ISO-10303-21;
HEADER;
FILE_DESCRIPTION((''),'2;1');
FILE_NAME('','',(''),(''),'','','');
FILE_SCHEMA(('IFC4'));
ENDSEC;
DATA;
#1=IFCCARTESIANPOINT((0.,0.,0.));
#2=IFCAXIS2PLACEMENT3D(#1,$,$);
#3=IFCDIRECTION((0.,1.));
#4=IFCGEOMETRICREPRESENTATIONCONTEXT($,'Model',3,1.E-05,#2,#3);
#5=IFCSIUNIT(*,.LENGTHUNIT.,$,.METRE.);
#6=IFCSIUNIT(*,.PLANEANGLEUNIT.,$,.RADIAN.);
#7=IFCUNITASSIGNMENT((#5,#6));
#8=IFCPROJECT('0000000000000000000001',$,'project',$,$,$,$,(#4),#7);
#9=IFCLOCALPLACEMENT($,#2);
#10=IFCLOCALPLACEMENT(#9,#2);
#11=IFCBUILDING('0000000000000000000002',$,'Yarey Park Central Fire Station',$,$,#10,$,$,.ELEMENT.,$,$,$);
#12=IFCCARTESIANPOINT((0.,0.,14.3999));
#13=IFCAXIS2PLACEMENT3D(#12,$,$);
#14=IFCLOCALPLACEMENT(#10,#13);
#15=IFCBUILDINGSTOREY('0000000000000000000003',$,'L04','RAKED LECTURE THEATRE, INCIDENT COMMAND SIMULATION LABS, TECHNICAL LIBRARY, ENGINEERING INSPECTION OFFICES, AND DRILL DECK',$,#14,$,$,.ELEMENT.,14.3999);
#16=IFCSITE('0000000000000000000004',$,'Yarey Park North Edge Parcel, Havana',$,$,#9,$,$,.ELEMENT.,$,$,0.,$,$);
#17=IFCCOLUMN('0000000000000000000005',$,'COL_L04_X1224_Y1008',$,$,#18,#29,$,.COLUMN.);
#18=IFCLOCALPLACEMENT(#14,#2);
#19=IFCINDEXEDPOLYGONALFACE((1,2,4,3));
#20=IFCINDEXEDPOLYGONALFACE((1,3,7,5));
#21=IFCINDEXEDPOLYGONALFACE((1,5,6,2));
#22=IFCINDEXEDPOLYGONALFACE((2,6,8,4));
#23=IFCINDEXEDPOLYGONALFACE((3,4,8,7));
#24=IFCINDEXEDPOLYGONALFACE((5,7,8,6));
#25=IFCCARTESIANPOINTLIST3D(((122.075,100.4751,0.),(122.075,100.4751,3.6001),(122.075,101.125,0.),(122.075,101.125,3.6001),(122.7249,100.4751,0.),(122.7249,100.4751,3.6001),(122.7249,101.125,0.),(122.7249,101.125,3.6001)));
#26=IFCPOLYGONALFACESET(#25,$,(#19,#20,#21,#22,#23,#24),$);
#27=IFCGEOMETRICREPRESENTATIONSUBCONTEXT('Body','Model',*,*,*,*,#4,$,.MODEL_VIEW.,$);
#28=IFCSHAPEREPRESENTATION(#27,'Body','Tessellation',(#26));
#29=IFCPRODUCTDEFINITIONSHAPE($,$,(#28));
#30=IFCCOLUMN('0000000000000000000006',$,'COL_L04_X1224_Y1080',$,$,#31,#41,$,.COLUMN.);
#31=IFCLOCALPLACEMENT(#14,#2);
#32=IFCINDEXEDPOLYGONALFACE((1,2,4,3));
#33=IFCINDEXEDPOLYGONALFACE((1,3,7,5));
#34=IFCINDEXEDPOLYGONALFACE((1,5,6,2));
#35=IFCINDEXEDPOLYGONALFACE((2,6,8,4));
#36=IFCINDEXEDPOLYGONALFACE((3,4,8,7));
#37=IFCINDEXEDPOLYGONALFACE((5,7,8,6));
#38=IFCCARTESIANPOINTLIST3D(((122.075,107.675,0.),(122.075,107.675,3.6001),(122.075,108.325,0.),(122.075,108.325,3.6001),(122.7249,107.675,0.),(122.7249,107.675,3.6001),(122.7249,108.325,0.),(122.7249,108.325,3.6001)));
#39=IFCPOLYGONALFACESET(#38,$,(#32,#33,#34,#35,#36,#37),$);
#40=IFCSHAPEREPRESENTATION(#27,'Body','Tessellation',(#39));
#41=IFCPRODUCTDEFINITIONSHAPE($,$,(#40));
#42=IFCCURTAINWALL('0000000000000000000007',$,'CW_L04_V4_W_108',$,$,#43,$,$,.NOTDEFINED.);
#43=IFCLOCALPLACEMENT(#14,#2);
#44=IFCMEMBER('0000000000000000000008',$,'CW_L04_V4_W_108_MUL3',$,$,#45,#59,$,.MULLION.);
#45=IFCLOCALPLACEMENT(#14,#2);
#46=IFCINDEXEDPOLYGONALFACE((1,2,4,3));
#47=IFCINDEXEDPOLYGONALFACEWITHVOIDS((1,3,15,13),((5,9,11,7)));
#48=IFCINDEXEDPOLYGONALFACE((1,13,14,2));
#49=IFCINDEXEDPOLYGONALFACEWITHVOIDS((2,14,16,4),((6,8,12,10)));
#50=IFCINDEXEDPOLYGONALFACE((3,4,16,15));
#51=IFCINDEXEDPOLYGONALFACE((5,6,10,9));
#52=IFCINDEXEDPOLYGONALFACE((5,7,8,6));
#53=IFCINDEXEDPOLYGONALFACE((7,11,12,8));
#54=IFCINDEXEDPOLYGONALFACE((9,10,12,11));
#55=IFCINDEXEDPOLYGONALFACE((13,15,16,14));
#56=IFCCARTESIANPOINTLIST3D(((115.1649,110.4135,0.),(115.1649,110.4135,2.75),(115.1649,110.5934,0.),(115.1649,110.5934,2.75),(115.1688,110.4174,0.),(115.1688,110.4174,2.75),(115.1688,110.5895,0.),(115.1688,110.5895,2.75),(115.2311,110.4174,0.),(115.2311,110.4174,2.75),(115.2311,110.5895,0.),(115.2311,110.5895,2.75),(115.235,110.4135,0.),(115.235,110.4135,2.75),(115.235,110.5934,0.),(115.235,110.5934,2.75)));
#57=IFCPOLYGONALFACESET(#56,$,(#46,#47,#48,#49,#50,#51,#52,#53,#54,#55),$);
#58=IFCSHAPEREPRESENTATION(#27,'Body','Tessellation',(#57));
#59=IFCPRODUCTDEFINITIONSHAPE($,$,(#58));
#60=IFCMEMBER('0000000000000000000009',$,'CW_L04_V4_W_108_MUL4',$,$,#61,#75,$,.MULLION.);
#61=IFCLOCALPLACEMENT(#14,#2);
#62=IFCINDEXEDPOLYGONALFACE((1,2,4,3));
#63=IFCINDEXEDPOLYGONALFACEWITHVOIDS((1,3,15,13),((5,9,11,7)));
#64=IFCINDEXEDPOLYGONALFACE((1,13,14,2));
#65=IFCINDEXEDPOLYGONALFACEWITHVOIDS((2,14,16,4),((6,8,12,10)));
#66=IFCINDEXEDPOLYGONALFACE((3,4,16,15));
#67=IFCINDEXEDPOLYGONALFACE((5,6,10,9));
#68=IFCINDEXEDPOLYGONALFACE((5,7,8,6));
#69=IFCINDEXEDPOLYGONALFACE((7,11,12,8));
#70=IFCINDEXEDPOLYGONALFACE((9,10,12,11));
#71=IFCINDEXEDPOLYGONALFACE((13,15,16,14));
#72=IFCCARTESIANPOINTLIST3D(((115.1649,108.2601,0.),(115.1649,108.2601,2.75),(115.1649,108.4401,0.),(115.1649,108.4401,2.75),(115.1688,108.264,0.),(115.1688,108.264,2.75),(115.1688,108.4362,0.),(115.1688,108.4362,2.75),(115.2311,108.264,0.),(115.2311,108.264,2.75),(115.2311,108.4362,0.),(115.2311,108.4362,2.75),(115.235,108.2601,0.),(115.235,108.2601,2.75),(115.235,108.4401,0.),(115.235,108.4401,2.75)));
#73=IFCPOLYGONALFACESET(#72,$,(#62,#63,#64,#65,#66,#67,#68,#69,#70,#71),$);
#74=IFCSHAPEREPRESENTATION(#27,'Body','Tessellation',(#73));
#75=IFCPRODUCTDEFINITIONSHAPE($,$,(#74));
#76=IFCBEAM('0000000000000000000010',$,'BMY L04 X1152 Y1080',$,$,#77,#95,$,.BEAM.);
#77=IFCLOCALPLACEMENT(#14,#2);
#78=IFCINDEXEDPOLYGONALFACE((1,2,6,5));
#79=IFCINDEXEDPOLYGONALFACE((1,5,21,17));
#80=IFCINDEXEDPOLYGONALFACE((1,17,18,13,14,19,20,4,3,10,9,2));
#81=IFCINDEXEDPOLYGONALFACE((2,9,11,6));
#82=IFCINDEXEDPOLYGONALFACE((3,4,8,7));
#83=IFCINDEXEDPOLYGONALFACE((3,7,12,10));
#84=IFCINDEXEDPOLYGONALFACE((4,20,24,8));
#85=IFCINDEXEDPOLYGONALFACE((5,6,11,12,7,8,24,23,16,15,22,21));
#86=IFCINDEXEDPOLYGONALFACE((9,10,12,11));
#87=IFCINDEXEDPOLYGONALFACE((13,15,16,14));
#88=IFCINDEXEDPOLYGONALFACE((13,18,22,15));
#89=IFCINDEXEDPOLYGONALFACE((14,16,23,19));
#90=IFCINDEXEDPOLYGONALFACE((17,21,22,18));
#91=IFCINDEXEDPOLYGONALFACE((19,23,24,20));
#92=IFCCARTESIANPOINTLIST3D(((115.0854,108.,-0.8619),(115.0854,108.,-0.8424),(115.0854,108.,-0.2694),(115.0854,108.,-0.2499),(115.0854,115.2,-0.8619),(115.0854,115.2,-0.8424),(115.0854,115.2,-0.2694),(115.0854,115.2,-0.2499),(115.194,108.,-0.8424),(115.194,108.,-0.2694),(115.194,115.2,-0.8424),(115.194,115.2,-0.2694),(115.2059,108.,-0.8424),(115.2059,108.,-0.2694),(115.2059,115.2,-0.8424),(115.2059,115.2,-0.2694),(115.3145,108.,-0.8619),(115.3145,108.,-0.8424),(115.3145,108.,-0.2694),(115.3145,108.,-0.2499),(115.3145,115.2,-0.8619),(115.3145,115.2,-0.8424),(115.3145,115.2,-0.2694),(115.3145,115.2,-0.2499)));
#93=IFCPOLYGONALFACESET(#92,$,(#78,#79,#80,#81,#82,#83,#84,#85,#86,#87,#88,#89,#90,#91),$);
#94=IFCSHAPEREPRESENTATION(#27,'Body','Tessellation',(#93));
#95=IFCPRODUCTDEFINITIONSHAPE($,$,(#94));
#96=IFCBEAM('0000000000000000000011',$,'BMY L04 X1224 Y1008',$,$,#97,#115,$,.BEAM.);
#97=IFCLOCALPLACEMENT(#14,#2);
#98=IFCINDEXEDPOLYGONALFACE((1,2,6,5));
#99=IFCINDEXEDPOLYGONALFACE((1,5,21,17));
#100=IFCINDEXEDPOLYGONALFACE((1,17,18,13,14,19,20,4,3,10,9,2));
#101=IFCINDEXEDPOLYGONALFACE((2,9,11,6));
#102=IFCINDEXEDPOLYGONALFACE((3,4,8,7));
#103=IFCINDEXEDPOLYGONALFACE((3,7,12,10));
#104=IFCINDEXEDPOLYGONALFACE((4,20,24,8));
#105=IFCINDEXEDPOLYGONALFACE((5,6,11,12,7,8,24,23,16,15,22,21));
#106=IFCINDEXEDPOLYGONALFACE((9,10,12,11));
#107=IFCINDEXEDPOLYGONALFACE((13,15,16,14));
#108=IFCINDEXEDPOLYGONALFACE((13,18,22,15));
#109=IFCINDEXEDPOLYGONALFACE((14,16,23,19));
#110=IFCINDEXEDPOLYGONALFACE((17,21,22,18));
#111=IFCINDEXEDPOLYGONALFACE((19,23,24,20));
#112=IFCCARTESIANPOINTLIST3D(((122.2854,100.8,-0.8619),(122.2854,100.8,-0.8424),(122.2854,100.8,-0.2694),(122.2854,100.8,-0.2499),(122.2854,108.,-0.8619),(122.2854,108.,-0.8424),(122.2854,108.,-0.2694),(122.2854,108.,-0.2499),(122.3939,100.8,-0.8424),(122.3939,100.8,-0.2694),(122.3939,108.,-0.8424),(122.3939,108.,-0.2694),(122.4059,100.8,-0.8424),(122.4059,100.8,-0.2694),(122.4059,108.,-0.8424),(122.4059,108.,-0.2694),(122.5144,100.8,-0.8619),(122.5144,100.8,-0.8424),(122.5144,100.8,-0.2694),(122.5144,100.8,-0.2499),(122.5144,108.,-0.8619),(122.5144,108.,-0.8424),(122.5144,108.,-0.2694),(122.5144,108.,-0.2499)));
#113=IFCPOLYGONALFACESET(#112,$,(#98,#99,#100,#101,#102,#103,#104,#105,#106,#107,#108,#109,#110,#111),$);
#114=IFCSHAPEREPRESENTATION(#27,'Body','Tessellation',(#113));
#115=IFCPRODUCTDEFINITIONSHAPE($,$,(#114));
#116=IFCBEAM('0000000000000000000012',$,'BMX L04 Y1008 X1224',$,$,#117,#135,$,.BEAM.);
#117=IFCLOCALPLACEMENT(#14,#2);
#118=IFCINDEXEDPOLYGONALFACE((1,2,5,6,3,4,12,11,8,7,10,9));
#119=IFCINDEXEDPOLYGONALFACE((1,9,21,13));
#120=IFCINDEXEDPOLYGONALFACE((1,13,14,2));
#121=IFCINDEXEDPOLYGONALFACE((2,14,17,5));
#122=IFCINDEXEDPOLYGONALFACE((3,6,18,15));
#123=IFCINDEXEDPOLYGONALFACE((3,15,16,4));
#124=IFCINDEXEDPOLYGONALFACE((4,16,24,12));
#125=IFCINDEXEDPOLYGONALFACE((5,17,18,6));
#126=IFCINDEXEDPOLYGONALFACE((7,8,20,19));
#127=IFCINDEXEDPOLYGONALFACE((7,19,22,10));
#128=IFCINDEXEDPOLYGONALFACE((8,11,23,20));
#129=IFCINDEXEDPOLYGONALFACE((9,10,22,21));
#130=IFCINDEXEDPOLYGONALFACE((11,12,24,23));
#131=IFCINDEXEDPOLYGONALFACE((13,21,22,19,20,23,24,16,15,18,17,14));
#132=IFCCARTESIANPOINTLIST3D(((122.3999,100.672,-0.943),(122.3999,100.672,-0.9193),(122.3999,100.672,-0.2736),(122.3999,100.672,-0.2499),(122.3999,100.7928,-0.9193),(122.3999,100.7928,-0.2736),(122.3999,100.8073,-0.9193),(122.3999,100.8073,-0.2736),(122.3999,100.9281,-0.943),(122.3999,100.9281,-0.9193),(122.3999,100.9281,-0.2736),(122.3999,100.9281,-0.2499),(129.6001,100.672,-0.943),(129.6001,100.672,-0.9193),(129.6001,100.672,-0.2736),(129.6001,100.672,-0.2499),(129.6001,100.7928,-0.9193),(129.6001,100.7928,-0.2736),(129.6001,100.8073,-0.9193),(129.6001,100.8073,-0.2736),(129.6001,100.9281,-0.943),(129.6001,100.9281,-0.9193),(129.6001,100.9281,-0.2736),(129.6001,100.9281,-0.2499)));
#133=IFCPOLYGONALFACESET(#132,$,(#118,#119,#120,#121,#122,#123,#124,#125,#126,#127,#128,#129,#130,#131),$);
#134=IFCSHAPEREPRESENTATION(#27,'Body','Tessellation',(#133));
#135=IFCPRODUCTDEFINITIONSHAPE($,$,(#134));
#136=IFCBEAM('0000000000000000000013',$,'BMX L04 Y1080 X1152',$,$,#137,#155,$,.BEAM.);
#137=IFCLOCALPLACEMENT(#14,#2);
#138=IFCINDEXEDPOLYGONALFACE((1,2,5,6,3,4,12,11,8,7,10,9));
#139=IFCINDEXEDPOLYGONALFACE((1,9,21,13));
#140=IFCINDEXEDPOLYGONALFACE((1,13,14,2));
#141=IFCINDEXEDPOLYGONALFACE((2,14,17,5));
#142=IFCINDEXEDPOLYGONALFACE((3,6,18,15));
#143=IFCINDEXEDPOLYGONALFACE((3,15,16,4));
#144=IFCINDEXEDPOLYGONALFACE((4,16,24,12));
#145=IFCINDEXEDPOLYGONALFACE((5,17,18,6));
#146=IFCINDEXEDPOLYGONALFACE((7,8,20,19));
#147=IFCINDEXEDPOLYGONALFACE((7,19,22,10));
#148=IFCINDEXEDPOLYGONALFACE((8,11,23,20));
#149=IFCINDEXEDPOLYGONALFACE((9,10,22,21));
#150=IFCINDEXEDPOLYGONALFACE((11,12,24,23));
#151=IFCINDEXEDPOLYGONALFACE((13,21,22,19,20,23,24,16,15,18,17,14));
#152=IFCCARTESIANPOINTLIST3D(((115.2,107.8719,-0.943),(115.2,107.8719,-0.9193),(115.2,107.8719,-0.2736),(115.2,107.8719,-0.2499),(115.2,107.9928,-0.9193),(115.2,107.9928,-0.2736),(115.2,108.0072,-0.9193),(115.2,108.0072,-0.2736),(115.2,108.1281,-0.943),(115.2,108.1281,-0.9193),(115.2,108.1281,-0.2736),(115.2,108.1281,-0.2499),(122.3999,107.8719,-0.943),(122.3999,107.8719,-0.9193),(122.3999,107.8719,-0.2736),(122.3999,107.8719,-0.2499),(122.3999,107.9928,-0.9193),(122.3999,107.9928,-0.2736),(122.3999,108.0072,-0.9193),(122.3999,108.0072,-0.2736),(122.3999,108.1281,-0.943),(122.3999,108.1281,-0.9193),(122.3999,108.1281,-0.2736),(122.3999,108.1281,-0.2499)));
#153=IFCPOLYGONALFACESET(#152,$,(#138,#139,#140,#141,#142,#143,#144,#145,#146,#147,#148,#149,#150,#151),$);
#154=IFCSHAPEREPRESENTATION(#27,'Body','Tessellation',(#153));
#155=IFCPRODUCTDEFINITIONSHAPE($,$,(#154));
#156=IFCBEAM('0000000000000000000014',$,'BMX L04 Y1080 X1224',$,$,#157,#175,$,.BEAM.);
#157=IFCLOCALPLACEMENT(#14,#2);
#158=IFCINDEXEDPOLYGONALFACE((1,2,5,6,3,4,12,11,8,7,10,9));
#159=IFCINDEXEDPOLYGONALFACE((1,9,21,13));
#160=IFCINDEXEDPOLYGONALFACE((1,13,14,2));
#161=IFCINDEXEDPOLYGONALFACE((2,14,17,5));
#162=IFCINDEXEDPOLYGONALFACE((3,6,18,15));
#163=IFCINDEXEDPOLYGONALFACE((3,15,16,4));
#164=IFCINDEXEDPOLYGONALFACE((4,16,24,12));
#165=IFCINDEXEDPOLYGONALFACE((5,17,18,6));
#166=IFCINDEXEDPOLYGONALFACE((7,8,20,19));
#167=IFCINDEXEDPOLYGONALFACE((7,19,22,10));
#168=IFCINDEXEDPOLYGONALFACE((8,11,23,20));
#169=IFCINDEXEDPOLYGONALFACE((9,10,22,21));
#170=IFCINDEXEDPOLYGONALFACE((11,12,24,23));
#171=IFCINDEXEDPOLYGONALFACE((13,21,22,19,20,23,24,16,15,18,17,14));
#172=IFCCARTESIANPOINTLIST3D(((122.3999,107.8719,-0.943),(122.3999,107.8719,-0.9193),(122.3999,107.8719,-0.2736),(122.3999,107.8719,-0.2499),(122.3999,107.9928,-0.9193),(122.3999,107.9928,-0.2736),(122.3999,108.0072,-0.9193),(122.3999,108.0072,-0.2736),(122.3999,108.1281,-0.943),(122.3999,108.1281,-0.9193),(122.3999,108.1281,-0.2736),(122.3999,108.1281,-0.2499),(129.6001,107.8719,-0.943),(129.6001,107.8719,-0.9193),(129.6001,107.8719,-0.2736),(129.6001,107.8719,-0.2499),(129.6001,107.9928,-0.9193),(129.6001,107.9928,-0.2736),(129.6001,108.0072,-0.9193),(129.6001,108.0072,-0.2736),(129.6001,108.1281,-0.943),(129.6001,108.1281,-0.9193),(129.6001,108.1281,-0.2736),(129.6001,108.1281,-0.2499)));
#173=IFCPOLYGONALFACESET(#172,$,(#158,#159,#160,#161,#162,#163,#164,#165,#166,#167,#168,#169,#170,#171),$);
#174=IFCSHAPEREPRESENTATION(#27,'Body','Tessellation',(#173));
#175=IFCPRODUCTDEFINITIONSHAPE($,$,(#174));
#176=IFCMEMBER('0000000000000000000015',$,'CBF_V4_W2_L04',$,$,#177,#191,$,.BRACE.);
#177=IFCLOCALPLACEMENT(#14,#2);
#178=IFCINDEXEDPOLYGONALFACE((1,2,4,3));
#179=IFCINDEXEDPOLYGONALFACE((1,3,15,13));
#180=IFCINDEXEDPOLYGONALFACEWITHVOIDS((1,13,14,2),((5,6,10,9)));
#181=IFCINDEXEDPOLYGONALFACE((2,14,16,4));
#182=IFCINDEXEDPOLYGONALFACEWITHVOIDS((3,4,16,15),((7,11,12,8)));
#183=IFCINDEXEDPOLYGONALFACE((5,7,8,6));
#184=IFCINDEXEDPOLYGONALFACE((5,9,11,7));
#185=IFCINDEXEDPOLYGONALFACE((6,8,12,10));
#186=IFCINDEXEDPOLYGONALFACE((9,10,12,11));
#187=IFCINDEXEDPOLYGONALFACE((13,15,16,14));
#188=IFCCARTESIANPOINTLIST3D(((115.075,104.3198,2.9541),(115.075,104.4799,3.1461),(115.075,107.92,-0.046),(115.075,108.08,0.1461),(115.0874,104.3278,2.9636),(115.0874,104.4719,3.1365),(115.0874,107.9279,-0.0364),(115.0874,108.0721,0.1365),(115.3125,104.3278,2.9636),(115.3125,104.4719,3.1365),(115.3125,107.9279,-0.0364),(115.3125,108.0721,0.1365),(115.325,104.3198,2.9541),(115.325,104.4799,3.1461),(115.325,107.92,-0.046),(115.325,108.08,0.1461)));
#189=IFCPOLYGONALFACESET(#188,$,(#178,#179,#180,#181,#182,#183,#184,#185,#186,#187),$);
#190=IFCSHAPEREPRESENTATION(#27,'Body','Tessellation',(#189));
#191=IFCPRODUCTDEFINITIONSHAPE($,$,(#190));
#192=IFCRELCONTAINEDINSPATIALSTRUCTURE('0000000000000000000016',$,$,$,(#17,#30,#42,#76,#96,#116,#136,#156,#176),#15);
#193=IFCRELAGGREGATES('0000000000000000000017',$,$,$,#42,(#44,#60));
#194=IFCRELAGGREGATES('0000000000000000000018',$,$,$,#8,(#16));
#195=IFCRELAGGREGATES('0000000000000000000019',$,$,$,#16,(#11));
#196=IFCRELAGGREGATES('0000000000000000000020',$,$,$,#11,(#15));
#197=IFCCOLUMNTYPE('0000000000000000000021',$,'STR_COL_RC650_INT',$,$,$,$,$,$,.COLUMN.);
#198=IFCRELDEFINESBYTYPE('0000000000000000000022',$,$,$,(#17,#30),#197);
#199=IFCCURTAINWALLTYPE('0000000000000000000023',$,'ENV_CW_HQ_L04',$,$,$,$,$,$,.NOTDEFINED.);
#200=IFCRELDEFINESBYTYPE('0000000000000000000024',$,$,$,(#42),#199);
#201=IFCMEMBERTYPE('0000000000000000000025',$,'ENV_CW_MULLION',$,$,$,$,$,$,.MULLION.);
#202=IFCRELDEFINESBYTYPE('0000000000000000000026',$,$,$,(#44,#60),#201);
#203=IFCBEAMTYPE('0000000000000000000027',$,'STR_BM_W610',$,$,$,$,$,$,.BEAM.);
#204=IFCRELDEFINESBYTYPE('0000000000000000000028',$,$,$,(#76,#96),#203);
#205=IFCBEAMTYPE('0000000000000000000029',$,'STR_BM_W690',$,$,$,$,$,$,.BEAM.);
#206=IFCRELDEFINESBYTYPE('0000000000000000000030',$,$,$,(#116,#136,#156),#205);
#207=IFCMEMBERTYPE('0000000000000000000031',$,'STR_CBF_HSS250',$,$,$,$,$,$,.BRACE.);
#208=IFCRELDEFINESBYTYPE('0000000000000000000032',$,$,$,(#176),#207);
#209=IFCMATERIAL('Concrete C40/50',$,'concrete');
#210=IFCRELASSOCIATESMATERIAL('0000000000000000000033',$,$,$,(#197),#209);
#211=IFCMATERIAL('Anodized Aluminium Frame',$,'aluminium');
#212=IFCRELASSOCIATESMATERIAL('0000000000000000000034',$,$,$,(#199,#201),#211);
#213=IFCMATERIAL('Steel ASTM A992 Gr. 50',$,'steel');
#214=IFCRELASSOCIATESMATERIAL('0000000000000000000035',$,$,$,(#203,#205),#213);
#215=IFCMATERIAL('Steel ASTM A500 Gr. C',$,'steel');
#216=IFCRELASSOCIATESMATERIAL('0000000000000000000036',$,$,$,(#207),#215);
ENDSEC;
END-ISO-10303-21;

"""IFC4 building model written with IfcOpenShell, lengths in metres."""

from ifc_helpers import new_model, si_unit, direction, frame, origin, origin_2d, place, context, subcontext, project, spatial, rectangle, hollow_rectangle, i_section, extrude, material, material_profile, profile_set, type_object, element, aggregate, save


model = new_model("IFC4")

# Units and contexts
model_context = context("Model", 3, precision=1e-05, world=origin(), true_north=direction((0.0, 1.0)))
body_context = subcontext(model_context, "Body", "Model", "MODEL_VIEW")
ifc_project = project(units=[si_unit("LENGTHUNIT", "METRE"), si_unit("PLANEANGLEUNIT", "RADIAN")], contexts=[model_context])

# Site, building, storey
site_placement = place(None, origin())
site = spatial("IfcSite", under=ifc_project, at=site_placement, Name="Yarey Park North Edge Parcel, Havana", CompositionType="ELEMENT", RefElevation=0.0)
building_placement = place(site_placement, origin())
building = spatial("IfcBuilding", under=site, at=building_placement, Name="Yarey Park Central Fire Station", CompositionType="ELEMENT")
storey_placement = place(building_placement, frame((0.0, 0.0, 14.3999)))
storey = spatial("IfcBuildingStorey", under=building, at=storey_placement, Name="L04", Description="RAKED LECTURE THEATRE, INCIDENT COMMAND SIMULATION LABS, TECHNICAL LIBRARY, ENGINEERING INSPECTION OFFICES, AND DRILL DECK", CompositionType="ELEMENT", Elevation=14.3999)

# Columns
ifc_material_1 = material(Name="Concrete C40/50", Category="concrete")
ifc_material_profile_1 = material_profile(ifc_material_1, rectangle(XDim=0.6499, YDim=0.6499, at=origin_2d()), Name="RC 650x650")
ifc_profile_set_1 = profile_set([ifc_material_profile_1], Name="Concrete C40/50")
column_type = type_object("IfcColumnType", Name="STR_COL_RC650_INT", PredefinedType="COLUMN", material=ifc_profile_set_1)
for number, where, z_axis, x_axis, name in (
    (1, (122.3999, 100.8, 0.0), (0.0, 0.0, 1.0), (1.0, 0.0, 0.0), "COL_L04_X1224_Y1008"),
    (2, (122.3999, 108.0, 0.0), (0.0, 0.0, 1.0), (1.0, 0.0, 0.0), "COL_L04_X1224_Y1080"),
):
    element("IfcColumn", number, at=place(storey_placement, frame(where, z_axis=z_axis, x_axis=x_axis)), inside=storey, type_object=column_type, Name=name, PredefinedType="COLUMN", context=body_context, shape_type="SweptSolid", body=[
        extrude(rectangle(XDim=0.6499, YDim=0.6499, at=origin_2d()), origin(), (0.0, 0.0, 1.0), 3.6001),
    ])

# Curtain wall, members
ifc_material_2 = material(Name="Anodized Aluminium Frame", Category="aluminium")
curtain_wall_type = type_object("IfcCurtainWallType", Name="ENV_CW_HQ_L04", PredefinedType="NOTDEFINED", material=ifc_material_2)
curtain_wall_placement = place(storey_placement, origin())
curtain_wall = element("IfcCurtainWall", 3, at=curtain_wall_placement, inside=storey, type_object=curtain_wall_type, Name="CW_L04_V4_W_108", PredefinedType="NOTDEFINED")
ifc_material_profile_2 = material_profile(ifc_material_2, hollow_rectangle(XDim=0.0701, YDim=0.1799, WallThickness=0.0039, at=origin_2d()), Name="ALU 180x70x4")
ifc_profile_set_2 = profile_set([ifc_material_profile_2], Name="Anodized Aluminium Frame")
member_type_1 = type_object("IfcMemberType", Name="ENV_CW_MULLION", PredefinedType="MULLION", material=ifc_profile_set_2)
member_1_placement = place(storey_placement, frame((115.2, 110.5034, 0.0), z_axis=(0.0, 0.0, 1.0), x_axis=(1.0, 0.0, 0.0)))
member_1 = element("IfcMember", 4, at=member_1_placement, type_object=member_type_1, Name="CW_L04_V4_W_108_MUL3", PredefinedType="MULLION", context=body_context, shape_type="SweptSolid", body=[
    extrude(hollow_rectangle(XDim=0.0701, YDim=0.1799, WallThickness=0.0039, at=origin_2d()), origin(), (0.0, 0.0, 1.0), 2.75),
])
member_2_placement = place(storey_placement, frame((115.2, 108.3501, 0.0), z_axis=(0.0, 0.0, 1.0), x_axis=(1.0, 0.0, 0.0)))
member_2 = element("IfcMember", 5, at=member_2_placement, type_object=member_type_1, Name="CW_L04_V4_W_108_MUL4", PredefinedType="MULLION", context=body_context, shape_type="SweptSolid", body=[
    extrude(hollow_rectangle(XDim=0.0701, YDim=0.1799, WallThickness=0.0039, at=origin_2d()), origin(), (0.0, 0.0, 1.0), 2.75),
])

# Beams
ifc_material_3 = material(Name="Steel ASTM A992 Gr. 50", Category="steel")
ifc_material_profile_3 = material_profile(ifc_material_3, i_section(OverallWidth=0.229, OverallDepth=0.6121, WebThickness=0.012, FlangeThickness=0.0195, at=origin_2d()), Name="W610x125")
ifc_profile_set_3 = profile_set([ifc_material_profile_3], Name="Steel ASTM A992 Gr. 50")
beam_type_1 = type_object("IfcBeamType", Name="STR_BM_W610", PredefinedType="BEAM", material=ifc_profile_set_3)
for number, where, z_axis, x_axis, name in (
    (6, (115.2, 108.0, -0.5559), (0.0, 1.0, 0.0), (-1.0, 0.0, 0.0), "BMY L04 X1152 Y1080"),
    (7, (122.3999, 100.8, -0.5559), (0.0, 1.0, 0.0), (-1.0, 0.0, 0.0), "BMY L04 X1224 Y1008"),
):
    element("IfcBeam", number, at=place(storey_placement, frame(where, z_axis=z_axis, x_axis=x_axis)), inside=storey, type_object=beam_type_1, Name=name, PredefinedType="BEAM", context=body_context, shape_type="SweptSolid", body=[
        extrude(i_section(OverallWidth=0.229, OverallDepth=0.6121, WebThickness=0.012, FlangeThickness=0.0195, at=origin_2d()), origin(), (0.0, 0.0, 1.0), 7.2),
    ])
ifc_material_profile_4 = material_profile(ifc_material_3, i_section(OverallWidth=0.2561, OverallDepth=0.6931, WebThickness=0.0144, FlangeThickness=0.0237, at=origin_2d()), Name="W690x170")
ifc_profile_set_4 = profile_set([ifc_material_profile_4], Name="Steel ASTM A992 Gr. 50")
beam_type_2 = type_object("IfcBeamType", Name="STR_BM_W690", PredefinedType="BEAM", material=ifc_profile_set_4)
beam_1_placement = place(storey_placement, frame((122.3999, 100.8, -0.5964), z_axis=(1.0, 0.0, 0.0), x_axis=(0.0, 1.0, 0.0)))
element("IfcBeam", 8, at=beam_1_placement, inside=storey, type_object=beam_type_2, Name="BMX L04 Y1008 X1224", PredefinedType="BEAM", context=body_context, shape_type="SweptSolid", body=[
    extrude(i_section(OverallWidth=0.2561, OverallDepth=0.6931, WebThickness=0.0144, FlangeThickness=0.0237, at=origin_2d()), origin(), (0.0, 0.0, 1.0), 7.2002),
])
beam_2_placement = place(storey_placement, frame((115.2, 108.0, -0.5964), z_axis=(1.0, 0.0, 0.0), x_axis=(0.0, 1.0, 0.0)))
element("IfcBeam", 9, at=beam_2_placement, inside=storey, type_object=beam_type_2, Name="BMX L04 Y1080 X1152", PredefinedType="BEAM", context=body_context, shape_type="SweptSolid", body=[
    extrude(i_section(OverallWidth=0.2561, OverallDepth=0.6931, WebThickness=0.0144, FlangeThickness=0.0237, at=origin_2d()), origin(), (0.0, 0.0, 1.0), 7.2),
])
beam_3_placement = place(storey_placement, frame((122.3999, 108.0, -0.5964), z_axis=(1.0, 0.0, 0.0), x_axis=(0.0, 1.0, 0.0)))
element("IfcBeam", 10, at=beam_3_placement, inside=storey, type_object=beam_type_2, Name="BMX L04 Y1080 X1224", PredefinedType="BEAM", context=body_context, shape_type="SweptSolid", body=[
    extrude(i_section(OverallWidth=0.2561, OverallDepth=0.6931, WebThickness=0.0144, FlangeThickness=0.0237, at=origin_2d()), origin(), (0.0, 0.0, 1.0), 7.2002),
])

# Member
ifc_material_4 = material(Name="Steel ASTM A500 Gr. C", Category="steel")
ifc_material_profile_5 = material_profile(ifc_material_4, hollow_rectangle(XDim=0.25, YDim=0.25, WallThickness=0.0125, at=origin_2d()), Name="HSS 250x250x12.5")
ifc_profile_set_5 = profile_set([ifc_material_profile_5], Name="Steel ASTM A500 Gr. C")
member_type_2 = type_object("IfcMemberType", Name="STR_CBF_HSS250", PredefinedType="BRACE", material=ifc_profile_set_5)
member_3_placement = place(storey_placement, frame((115.2, 108.0, 0.05), z_axis=(0.0, -0.76823, 0.640174), x_axis=(1.0, 0.0, 0.0)))
element("IfcMember", 11, at=member_3_placement, inside=storey, type_object=member_type_2, Name="CBF_V4_W2_L04", PredefinedType="BRACE", context=body_context, shape_type="SweptSolid", body=[
    extrude(hollow_rectangle(XDim=0.25, YDim=0.25, WallThickness=0.0125, at=origin_2d()), origin(), (0.0, 0.0, 1.0), 4.6863),
])

aggregate(curtain_wall, [member_1, member_2])

save(model, "model.ifc")
